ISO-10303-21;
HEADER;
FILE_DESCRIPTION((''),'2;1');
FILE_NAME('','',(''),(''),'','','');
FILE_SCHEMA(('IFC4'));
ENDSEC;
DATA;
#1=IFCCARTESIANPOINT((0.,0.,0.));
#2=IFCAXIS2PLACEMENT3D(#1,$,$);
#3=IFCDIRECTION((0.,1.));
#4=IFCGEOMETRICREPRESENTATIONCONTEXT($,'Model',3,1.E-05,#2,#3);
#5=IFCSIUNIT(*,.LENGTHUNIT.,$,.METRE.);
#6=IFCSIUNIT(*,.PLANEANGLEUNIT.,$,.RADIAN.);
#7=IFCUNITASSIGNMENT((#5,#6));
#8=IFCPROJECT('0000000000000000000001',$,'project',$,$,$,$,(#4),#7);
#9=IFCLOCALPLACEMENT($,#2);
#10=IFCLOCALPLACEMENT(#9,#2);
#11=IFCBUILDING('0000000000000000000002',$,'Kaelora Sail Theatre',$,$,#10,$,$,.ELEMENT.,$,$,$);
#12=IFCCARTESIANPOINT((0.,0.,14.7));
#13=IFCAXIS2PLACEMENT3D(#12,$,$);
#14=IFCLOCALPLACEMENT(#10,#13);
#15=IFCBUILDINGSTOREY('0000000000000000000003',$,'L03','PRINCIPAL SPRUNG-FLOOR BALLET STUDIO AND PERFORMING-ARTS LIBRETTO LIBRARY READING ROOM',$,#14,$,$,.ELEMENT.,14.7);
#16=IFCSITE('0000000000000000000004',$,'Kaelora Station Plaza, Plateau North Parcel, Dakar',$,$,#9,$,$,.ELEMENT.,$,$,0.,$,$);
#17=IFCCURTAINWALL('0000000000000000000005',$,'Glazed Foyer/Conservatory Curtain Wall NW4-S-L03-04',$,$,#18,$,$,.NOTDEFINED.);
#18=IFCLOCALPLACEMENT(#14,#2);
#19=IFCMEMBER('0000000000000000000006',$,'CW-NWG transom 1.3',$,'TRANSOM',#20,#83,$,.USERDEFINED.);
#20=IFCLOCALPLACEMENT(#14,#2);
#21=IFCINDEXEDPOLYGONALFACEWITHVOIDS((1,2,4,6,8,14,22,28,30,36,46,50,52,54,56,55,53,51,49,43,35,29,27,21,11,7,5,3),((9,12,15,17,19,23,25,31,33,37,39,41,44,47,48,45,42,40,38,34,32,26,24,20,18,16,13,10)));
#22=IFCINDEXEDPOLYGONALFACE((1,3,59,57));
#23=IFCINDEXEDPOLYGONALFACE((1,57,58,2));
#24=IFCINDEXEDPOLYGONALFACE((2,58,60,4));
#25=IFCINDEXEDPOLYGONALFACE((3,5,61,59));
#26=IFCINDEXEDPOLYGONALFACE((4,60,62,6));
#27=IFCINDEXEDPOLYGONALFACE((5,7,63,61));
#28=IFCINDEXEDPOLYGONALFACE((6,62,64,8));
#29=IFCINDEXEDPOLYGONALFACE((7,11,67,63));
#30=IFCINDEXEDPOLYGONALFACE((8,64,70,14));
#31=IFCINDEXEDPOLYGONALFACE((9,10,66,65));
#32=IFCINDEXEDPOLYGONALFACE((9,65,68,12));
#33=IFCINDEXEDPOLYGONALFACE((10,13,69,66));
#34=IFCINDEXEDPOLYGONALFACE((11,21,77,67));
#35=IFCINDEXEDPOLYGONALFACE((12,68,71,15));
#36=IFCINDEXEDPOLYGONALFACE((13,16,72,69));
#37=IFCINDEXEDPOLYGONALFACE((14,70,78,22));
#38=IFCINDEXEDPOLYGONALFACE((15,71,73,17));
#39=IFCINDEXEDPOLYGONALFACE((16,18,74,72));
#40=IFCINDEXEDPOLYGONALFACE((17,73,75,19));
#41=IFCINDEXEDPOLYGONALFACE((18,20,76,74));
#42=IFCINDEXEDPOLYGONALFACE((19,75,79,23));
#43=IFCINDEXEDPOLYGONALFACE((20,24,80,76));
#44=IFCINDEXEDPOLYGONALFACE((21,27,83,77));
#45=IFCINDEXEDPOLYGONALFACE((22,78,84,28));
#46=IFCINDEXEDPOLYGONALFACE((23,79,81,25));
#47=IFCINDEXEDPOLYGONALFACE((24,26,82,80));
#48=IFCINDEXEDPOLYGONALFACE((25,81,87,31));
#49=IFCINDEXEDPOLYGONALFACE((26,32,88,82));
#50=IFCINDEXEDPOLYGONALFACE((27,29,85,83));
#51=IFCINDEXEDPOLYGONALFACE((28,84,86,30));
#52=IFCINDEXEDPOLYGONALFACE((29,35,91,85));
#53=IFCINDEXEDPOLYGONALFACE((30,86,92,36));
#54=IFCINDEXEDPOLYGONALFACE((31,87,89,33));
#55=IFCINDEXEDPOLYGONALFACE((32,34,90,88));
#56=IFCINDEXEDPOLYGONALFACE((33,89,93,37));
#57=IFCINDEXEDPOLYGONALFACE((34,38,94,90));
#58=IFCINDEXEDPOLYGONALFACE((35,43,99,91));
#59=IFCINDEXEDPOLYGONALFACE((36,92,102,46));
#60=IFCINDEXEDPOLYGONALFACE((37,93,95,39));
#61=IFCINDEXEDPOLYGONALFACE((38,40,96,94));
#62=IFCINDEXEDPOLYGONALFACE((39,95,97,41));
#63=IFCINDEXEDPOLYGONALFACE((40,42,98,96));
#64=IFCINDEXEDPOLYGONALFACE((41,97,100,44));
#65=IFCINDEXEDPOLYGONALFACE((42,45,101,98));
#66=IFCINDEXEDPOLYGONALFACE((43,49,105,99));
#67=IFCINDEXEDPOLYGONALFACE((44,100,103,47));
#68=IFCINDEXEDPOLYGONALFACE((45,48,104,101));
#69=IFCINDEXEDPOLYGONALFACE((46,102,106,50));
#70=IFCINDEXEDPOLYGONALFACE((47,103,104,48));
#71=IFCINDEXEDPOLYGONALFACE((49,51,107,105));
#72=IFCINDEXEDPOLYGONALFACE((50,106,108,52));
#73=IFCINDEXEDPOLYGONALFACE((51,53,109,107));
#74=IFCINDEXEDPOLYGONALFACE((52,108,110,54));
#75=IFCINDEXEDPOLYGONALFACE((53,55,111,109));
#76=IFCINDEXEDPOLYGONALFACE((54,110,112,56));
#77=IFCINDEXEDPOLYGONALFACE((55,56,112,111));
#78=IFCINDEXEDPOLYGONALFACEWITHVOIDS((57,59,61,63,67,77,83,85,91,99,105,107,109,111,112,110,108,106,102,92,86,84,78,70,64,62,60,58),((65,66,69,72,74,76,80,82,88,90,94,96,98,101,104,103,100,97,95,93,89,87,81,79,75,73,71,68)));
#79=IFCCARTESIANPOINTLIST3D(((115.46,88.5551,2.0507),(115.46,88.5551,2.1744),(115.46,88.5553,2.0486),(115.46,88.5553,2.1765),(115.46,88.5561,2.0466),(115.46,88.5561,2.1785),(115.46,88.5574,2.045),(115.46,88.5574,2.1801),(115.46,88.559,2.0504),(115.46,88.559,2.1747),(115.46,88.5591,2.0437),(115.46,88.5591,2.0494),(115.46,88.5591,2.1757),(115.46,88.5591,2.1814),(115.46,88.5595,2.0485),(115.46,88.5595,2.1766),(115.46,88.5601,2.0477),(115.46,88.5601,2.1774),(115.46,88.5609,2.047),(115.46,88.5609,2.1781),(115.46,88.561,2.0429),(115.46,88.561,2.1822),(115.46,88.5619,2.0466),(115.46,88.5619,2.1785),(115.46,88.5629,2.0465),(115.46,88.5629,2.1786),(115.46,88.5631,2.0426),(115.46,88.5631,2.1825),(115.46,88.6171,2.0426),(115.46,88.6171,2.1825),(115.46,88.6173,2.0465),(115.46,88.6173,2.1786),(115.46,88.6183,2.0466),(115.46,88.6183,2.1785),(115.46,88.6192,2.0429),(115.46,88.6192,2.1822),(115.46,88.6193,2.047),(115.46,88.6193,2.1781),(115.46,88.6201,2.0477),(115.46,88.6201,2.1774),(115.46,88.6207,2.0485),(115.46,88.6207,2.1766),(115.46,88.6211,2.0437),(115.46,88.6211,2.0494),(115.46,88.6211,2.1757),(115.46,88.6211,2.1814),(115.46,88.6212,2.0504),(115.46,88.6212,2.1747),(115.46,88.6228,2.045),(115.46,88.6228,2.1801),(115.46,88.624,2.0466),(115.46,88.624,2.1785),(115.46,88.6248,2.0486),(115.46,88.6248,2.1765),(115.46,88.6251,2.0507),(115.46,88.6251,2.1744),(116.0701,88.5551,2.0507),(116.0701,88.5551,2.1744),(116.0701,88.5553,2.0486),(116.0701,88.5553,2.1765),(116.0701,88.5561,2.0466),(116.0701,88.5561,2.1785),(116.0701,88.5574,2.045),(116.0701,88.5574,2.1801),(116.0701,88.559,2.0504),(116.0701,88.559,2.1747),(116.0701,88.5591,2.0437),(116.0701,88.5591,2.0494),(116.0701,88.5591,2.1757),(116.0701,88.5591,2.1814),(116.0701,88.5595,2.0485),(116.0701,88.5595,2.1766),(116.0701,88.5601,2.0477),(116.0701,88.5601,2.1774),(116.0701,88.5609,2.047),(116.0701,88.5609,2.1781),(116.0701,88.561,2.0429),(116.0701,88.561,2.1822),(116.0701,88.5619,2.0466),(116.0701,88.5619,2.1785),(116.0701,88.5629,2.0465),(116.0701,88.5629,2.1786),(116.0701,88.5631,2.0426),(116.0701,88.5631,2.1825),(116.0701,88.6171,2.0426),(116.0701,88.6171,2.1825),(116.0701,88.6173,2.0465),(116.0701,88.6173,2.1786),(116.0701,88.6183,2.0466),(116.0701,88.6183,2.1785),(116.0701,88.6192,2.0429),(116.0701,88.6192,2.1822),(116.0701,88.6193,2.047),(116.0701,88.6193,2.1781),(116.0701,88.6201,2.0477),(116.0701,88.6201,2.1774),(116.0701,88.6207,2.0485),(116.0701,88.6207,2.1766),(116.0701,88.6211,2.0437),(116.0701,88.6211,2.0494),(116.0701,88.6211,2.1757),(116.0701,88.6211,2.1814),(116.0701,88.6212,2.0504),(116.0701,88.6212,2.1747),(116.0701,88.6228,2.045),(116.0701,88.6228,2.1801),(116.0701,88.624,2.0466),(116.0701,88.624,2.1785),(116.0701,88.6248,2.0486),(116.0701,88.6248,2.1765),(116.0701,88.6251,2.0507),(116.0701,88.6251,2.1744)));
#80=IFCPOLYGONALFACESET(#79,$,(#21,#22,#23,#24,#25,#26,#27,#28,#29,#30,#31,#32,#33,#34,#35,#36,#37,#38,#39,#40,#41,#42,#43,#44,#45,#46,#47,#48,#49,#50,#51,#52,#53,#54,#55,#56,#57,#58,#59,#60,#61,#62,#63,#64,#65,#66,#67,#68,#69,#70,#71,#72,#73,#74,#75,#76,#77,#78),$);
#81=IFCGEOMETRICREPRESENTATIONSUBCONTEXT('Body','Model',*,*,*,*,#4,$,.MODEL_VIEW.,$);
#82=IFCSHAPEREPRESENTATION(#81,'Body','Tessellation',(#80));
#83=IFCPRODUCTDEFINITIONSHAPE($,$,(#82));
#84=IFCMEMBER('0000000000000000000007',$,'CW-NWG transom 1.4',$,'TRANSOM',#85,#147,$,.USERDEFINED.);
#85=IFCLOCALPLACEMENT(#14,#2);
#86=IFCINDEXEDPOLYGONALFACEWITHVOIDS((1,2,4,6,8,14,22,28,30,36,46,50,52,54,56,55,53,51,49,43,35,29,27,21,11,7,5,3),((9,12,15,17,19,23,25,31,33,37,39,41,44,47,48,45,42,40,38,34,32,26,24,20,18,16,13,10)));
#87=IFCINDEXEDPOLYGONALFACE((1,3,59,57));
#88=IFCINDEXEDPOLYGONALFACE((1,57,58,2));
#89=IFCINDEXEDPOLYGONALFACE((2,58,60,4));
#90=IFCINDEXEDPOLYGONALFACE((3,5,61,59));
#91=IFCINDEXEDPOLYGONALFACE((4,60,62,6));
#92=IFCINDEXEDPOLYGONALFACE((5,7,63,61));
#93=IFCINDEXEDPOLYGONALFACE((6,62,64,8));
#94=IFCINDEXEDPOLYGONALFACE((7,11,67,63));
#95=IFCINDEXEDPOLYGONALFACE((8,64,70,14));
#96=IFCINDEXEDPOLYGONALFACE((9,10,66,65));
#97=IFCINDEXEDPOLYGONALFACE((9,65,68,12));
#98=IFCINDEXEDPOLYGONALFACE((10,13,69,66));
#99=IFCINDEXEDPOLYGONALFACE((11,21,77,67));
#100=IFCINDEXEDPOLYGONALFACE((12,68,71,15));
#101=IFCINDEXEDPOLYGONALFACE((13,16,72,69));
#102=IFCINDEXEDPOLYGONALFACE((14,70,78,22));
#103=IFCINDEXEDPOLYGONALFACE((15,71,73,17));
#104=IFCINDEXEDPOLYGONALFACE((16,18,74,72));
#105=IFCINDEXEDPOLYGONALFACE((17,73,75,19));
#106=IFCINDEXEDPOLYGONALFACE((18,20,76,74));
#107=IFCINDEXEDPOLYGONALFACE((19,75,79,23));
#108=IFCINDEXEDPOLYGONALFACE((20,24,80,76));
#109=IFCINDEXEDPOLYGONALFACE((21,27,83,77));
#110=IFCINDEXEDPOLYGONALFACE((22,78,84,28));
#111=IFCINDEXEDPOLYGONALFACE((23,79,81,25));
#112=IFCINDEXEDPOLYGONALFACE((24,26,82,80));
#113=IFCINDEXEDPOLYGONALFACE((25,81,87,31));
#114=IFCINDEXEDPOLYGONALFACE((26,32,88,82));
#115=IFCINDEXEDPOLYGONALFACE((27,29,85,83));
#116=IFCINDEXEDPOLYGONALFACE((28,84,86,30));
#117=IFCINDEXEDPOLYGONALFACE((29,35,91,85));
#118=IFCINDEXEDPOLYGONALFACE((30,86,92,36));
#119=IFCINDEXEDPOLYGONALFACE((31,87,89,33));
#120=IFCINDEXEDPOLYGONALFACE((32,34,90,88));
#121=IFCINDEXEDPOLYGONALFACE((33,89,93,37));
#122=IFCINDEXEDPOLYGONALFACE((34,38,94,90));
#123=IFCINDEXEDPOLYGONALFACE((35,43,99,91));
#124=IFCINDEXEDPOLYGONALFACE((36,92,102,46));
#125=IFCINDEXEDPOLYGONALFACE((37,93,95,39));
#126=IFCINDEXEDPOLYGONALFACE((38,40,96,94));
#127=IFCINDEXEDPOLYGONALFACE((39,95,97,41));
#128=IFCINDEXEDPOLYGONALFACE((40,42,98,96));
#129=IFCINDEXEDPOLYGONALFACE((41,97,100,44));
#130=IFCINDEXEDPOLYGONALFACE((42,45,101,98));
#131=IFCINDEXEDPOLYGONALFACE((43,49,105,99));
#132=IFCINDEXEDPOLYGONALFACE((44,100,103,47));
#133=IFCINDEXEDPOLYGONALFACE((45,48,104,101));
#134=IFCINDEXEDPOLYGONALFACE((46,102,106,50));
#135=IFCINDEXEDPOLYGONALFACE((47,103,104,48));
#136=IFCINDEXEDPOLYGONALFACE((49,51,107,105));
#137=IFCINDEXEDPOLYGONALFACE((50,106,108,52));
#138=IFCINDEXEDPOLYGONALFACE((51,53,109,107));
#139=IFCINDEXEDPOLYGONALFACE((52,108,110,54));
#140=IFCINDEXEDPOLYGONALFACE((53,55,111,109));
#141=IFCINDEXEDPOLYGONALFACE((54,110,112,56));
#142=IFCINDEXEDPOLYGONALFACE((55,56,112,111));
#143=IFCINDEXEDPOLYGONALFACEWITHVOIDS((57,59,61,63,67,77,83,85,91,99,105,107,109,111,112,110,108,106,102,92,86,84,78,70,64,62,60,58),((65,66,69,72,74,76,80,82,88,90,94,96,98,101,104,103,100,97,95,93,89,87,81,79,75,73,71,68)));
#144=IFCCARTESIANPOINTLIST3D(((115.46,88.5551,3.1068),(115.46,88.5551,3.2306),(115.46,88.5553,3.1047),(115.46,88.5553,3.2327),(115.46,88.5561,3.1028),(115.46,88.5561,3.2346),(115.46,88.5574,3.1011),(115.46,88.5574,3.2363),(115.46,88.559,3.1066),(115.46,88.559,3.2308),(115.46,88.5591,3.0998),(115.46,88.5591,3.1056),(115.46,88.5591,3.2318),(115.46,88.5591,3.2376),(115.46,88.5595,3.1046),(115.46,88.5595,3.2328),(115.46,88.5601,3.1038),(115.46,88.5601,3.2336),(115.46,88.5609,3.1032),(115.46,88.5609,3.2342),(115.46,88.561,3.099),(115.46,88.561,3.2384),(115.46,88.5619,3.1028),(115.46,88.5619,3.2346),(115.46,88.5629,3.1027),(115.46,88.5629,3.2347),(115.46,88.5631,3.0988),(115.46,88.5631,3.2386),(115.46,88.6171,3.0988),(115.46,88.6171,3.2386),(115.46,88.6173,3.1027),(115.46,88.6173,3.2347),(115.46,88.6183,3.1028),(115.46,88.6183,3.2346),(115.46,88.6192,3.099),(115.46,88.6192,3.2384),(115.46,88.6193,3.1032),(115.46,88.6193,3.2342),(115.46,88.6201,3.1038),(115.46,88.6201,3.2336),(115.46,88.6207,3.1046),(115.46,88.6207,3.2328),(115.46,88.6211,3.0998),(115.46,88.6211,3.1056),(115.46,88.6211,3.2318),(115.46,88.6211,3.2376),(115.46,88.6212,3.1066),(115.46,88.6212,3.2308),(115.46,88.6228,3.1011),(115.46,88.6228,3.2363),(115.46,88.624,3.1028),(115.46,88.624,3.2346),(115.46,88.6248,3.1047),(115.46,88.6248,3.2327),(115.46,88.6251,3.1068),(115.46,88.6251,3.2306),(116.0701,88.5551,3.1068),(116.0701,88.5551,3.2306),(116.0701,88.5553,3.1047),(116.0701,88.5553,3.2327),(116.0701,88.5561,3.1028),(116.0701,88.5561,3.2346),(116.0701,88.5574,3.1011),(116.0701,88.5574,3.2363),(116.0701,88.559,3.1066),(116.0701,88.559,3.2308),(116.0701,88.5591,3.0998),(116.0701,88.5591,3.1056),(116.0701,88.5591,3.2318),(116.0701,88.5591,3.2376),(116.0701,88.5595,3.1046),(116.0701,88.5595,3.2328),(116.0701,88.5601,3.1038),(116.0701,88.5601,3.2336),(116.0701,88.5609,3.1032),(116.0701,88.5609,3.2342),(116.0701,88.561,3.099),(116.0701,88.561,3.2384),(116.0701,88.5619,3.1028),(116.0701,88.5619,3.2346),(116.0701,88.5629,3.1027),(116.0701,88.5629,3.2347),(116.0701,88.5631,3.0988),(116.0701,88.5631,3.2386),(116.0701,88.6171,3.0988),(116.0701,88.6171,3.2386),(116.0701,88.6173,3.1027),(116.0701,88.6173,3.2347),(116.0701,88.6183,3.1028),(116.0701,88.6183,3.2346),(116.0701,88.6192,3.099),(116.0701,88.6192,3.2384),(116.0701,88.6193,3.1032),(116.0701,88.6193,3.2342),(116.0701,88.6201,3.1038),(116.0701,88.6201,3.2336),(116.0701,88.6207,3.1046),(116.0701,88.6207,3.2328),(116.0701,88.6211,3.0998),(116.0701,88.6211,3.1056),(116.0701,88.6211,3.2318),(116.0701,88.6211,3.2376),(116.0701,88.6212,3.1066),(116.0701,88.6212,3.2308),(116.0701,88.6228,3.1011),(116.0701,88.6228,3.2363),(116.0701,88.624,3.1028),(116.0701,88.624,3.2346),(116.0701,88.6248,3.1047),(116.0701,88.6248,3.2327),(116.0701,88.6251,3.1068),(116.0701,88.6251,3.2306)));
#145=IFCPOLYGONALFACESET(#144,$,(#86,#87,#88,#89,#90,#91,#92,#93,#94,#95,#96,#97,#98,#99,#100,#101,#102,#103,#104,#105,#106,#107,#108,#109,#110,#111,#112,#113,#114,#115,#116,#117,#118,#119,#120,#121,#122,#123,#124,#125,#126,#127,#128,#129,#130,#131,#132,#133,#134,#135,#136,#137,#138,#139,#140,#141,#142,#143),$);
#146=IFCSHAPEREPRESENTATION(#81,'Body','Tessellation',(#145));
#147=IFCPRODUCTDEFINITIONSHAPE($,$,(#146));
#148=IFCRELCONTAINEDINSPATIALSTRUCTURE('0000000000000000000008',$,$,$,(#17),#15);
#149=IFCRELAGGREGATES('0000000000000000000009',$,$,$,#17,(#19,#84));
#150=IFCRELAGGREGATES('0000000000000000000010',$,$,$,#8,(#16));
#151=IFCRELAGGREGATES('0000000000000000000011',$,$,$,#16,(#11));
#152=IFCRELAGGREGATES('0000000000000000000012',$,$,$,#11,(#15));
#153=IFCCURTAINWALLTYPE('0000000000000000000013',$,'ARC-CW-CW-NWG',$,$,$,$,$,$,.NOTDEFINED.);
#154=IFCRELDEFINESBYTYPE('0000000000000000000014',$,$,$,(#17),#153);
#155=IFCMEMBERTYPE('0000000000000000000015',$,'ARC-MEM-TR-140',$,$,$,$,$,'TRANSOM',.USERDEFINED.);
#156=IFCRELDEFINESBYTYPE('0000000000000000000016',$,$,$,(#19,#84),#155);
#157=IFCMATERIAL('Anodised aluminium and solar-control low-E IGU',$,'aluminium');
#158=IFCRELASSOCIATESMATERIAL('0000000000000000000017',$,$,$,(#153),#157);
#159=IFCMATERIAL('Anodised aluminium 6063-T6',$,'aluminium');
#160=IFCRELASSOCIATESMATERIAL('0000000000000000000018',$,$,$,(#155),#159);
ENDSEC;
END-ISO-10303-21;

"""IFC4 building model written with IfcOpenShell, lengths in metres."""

from ifc_helpers import new_model, si_unit, direction, frame, origin, origin_2d, place, context, subcontext, project, spatial, hollow_rectangle, extrude, material, material_profile, profile_set, type_object, element, aggregate, save


model = new_model("IFC4")

# Units and contexts
model_context = context("Model", 3, precision=1e-05, world=origin(), true_north=direction((0.0, 1.0)))
body_context = subcontext(model_context, "Body", "Model", "MODEL_VIEW")
ifc_project = project(units=[si_unit("LENGTHUNIT", "METRE"), si_unit("PLANEANGLEUNIT", "RADIAN")], contexts=[model_context])

# Site, building, storey
site_placement = place(None, origin())
site = spatial("IfcSite", under=ifc_project, at=site_placement, Name="Kaelora Station Plaza, Plateau North Parcel, Dakar", CompositionType="ELEMENT", RefElevation=0.0)
building_placement = place(site_placement, origin())
building = spatial("IfcBuilding", under=site, at=building_placement, Name="Kaelora Sail Theatre", CompositionType="ELEMENT")
storey_placement = place(building_placement, frame((0.0, 0.0, 14.7)))
storey = spatial("IfcBuildingStorey", under=building, at=storey_placement, Name="L03", Description="PRINCIPAL SPRUNG-FLOOR BALLET STUDIO AND PERFORMING-ARTS LIBRETTO LIBRARY READING ROOM", CompositionType="ELEMENT", Elevation=14.7)

# Curtain wall
ifc_material_1 = material(Name="Anodised aluminium and solar-control low-E IGU", Category="aluminium")
curtain_wall_type = type_object("IfcCurtainWallType", Name="ARC-CW-CW-NWG", PredefinedType="NOTDEFINED", material=ifc_material_1)
curtain_wall_1_placement = place(storey_placement, origin())
curtain_wall_1 = element("IfcCurtainWall", 1, at=curtain_wall_1_placement, inside=storey, type_object=curtain_wall_type, Name="Glazed Foyer/Conservatory Curtain Wall NW4-S-L03-04", PredefinedType="NOTDEFINED")

# Members
ifc_material_2 = material(Name="Anodised aluminium 6063-T6", Category="aluminium")
ifc_material_profile_1 = material_profile(ifc_material_2, hollow_rectangle(XDim=0.0701, YDim=0.1399, WallThickness=0.0039, InnerFilletRadius=0.0039, OuterFilletRadius=0.0081, at=origin_2d()), Name="ALU-TRAN 70x140x4")
ifc_profile_set_1 = profile_set([ifc_material_profile_1], Name="Anodised aluminium 6063-T6")
member_type_1 = type_object("IfcMemberType", Name="ARC-MEM-TR-140", ElementType="TRANSOM", PredefinedType="USERDEFINED", material=ifc_profile_set_1)
member_1_placement = place(storey_placement, frame((115.46, 88.5901, 2.1125), z_axis=(1.0, 0.0, 0.0), x_axis=(0.0, 1.0, 0.0)))
member_1 = element("IfcMember", 2, at=member_1_placement, type_object=member_type_1, Name="CW-NWG transom 1.3", ObjectType="TRANSOM", PredefinedType="USERDEFINED", context=body_context, shape_type="SweptSolid", body=[
    extrude(hollow_rectangle(XDim=0.0701, YDim=0.1399, WallThickness=0.0039, InnerFilletRadius=0.0039, OuterFilletRadius=0.0081, at=origin_2d()), origin(), (0.0, 0.0, 1.0), 0.6101),
])
member_2_placement = place(storey_placement, frame((115.46, 88.5901, 3.1687), z_axis=(1.0, 0.0, 0.0), x_axis=(0.0, 1.0, 0.0)))
member_2 = element("IfcMember", 3, at=member_2_placement, type_object=member_type_1, Name="CW-NWG transom 1.4", ObjectType="TRANSOM", PredefinedType="USERDEFINED", context=body_context, shape_type="SweptSolid", body=[
    extrude(hollow_rectangle(XDim=0.0701, YDim=0.1399, WallThickness=0.0039, InnerFilletRadius=0.0039, OuterFilletRadius=0.0081, at=origin_2d()), origin(), (0.0, 0.0, 1.0), 0.6101),
])

aggregate(curtain_wall_1, [member_1, member_2])

save(model, "model.ifc")
